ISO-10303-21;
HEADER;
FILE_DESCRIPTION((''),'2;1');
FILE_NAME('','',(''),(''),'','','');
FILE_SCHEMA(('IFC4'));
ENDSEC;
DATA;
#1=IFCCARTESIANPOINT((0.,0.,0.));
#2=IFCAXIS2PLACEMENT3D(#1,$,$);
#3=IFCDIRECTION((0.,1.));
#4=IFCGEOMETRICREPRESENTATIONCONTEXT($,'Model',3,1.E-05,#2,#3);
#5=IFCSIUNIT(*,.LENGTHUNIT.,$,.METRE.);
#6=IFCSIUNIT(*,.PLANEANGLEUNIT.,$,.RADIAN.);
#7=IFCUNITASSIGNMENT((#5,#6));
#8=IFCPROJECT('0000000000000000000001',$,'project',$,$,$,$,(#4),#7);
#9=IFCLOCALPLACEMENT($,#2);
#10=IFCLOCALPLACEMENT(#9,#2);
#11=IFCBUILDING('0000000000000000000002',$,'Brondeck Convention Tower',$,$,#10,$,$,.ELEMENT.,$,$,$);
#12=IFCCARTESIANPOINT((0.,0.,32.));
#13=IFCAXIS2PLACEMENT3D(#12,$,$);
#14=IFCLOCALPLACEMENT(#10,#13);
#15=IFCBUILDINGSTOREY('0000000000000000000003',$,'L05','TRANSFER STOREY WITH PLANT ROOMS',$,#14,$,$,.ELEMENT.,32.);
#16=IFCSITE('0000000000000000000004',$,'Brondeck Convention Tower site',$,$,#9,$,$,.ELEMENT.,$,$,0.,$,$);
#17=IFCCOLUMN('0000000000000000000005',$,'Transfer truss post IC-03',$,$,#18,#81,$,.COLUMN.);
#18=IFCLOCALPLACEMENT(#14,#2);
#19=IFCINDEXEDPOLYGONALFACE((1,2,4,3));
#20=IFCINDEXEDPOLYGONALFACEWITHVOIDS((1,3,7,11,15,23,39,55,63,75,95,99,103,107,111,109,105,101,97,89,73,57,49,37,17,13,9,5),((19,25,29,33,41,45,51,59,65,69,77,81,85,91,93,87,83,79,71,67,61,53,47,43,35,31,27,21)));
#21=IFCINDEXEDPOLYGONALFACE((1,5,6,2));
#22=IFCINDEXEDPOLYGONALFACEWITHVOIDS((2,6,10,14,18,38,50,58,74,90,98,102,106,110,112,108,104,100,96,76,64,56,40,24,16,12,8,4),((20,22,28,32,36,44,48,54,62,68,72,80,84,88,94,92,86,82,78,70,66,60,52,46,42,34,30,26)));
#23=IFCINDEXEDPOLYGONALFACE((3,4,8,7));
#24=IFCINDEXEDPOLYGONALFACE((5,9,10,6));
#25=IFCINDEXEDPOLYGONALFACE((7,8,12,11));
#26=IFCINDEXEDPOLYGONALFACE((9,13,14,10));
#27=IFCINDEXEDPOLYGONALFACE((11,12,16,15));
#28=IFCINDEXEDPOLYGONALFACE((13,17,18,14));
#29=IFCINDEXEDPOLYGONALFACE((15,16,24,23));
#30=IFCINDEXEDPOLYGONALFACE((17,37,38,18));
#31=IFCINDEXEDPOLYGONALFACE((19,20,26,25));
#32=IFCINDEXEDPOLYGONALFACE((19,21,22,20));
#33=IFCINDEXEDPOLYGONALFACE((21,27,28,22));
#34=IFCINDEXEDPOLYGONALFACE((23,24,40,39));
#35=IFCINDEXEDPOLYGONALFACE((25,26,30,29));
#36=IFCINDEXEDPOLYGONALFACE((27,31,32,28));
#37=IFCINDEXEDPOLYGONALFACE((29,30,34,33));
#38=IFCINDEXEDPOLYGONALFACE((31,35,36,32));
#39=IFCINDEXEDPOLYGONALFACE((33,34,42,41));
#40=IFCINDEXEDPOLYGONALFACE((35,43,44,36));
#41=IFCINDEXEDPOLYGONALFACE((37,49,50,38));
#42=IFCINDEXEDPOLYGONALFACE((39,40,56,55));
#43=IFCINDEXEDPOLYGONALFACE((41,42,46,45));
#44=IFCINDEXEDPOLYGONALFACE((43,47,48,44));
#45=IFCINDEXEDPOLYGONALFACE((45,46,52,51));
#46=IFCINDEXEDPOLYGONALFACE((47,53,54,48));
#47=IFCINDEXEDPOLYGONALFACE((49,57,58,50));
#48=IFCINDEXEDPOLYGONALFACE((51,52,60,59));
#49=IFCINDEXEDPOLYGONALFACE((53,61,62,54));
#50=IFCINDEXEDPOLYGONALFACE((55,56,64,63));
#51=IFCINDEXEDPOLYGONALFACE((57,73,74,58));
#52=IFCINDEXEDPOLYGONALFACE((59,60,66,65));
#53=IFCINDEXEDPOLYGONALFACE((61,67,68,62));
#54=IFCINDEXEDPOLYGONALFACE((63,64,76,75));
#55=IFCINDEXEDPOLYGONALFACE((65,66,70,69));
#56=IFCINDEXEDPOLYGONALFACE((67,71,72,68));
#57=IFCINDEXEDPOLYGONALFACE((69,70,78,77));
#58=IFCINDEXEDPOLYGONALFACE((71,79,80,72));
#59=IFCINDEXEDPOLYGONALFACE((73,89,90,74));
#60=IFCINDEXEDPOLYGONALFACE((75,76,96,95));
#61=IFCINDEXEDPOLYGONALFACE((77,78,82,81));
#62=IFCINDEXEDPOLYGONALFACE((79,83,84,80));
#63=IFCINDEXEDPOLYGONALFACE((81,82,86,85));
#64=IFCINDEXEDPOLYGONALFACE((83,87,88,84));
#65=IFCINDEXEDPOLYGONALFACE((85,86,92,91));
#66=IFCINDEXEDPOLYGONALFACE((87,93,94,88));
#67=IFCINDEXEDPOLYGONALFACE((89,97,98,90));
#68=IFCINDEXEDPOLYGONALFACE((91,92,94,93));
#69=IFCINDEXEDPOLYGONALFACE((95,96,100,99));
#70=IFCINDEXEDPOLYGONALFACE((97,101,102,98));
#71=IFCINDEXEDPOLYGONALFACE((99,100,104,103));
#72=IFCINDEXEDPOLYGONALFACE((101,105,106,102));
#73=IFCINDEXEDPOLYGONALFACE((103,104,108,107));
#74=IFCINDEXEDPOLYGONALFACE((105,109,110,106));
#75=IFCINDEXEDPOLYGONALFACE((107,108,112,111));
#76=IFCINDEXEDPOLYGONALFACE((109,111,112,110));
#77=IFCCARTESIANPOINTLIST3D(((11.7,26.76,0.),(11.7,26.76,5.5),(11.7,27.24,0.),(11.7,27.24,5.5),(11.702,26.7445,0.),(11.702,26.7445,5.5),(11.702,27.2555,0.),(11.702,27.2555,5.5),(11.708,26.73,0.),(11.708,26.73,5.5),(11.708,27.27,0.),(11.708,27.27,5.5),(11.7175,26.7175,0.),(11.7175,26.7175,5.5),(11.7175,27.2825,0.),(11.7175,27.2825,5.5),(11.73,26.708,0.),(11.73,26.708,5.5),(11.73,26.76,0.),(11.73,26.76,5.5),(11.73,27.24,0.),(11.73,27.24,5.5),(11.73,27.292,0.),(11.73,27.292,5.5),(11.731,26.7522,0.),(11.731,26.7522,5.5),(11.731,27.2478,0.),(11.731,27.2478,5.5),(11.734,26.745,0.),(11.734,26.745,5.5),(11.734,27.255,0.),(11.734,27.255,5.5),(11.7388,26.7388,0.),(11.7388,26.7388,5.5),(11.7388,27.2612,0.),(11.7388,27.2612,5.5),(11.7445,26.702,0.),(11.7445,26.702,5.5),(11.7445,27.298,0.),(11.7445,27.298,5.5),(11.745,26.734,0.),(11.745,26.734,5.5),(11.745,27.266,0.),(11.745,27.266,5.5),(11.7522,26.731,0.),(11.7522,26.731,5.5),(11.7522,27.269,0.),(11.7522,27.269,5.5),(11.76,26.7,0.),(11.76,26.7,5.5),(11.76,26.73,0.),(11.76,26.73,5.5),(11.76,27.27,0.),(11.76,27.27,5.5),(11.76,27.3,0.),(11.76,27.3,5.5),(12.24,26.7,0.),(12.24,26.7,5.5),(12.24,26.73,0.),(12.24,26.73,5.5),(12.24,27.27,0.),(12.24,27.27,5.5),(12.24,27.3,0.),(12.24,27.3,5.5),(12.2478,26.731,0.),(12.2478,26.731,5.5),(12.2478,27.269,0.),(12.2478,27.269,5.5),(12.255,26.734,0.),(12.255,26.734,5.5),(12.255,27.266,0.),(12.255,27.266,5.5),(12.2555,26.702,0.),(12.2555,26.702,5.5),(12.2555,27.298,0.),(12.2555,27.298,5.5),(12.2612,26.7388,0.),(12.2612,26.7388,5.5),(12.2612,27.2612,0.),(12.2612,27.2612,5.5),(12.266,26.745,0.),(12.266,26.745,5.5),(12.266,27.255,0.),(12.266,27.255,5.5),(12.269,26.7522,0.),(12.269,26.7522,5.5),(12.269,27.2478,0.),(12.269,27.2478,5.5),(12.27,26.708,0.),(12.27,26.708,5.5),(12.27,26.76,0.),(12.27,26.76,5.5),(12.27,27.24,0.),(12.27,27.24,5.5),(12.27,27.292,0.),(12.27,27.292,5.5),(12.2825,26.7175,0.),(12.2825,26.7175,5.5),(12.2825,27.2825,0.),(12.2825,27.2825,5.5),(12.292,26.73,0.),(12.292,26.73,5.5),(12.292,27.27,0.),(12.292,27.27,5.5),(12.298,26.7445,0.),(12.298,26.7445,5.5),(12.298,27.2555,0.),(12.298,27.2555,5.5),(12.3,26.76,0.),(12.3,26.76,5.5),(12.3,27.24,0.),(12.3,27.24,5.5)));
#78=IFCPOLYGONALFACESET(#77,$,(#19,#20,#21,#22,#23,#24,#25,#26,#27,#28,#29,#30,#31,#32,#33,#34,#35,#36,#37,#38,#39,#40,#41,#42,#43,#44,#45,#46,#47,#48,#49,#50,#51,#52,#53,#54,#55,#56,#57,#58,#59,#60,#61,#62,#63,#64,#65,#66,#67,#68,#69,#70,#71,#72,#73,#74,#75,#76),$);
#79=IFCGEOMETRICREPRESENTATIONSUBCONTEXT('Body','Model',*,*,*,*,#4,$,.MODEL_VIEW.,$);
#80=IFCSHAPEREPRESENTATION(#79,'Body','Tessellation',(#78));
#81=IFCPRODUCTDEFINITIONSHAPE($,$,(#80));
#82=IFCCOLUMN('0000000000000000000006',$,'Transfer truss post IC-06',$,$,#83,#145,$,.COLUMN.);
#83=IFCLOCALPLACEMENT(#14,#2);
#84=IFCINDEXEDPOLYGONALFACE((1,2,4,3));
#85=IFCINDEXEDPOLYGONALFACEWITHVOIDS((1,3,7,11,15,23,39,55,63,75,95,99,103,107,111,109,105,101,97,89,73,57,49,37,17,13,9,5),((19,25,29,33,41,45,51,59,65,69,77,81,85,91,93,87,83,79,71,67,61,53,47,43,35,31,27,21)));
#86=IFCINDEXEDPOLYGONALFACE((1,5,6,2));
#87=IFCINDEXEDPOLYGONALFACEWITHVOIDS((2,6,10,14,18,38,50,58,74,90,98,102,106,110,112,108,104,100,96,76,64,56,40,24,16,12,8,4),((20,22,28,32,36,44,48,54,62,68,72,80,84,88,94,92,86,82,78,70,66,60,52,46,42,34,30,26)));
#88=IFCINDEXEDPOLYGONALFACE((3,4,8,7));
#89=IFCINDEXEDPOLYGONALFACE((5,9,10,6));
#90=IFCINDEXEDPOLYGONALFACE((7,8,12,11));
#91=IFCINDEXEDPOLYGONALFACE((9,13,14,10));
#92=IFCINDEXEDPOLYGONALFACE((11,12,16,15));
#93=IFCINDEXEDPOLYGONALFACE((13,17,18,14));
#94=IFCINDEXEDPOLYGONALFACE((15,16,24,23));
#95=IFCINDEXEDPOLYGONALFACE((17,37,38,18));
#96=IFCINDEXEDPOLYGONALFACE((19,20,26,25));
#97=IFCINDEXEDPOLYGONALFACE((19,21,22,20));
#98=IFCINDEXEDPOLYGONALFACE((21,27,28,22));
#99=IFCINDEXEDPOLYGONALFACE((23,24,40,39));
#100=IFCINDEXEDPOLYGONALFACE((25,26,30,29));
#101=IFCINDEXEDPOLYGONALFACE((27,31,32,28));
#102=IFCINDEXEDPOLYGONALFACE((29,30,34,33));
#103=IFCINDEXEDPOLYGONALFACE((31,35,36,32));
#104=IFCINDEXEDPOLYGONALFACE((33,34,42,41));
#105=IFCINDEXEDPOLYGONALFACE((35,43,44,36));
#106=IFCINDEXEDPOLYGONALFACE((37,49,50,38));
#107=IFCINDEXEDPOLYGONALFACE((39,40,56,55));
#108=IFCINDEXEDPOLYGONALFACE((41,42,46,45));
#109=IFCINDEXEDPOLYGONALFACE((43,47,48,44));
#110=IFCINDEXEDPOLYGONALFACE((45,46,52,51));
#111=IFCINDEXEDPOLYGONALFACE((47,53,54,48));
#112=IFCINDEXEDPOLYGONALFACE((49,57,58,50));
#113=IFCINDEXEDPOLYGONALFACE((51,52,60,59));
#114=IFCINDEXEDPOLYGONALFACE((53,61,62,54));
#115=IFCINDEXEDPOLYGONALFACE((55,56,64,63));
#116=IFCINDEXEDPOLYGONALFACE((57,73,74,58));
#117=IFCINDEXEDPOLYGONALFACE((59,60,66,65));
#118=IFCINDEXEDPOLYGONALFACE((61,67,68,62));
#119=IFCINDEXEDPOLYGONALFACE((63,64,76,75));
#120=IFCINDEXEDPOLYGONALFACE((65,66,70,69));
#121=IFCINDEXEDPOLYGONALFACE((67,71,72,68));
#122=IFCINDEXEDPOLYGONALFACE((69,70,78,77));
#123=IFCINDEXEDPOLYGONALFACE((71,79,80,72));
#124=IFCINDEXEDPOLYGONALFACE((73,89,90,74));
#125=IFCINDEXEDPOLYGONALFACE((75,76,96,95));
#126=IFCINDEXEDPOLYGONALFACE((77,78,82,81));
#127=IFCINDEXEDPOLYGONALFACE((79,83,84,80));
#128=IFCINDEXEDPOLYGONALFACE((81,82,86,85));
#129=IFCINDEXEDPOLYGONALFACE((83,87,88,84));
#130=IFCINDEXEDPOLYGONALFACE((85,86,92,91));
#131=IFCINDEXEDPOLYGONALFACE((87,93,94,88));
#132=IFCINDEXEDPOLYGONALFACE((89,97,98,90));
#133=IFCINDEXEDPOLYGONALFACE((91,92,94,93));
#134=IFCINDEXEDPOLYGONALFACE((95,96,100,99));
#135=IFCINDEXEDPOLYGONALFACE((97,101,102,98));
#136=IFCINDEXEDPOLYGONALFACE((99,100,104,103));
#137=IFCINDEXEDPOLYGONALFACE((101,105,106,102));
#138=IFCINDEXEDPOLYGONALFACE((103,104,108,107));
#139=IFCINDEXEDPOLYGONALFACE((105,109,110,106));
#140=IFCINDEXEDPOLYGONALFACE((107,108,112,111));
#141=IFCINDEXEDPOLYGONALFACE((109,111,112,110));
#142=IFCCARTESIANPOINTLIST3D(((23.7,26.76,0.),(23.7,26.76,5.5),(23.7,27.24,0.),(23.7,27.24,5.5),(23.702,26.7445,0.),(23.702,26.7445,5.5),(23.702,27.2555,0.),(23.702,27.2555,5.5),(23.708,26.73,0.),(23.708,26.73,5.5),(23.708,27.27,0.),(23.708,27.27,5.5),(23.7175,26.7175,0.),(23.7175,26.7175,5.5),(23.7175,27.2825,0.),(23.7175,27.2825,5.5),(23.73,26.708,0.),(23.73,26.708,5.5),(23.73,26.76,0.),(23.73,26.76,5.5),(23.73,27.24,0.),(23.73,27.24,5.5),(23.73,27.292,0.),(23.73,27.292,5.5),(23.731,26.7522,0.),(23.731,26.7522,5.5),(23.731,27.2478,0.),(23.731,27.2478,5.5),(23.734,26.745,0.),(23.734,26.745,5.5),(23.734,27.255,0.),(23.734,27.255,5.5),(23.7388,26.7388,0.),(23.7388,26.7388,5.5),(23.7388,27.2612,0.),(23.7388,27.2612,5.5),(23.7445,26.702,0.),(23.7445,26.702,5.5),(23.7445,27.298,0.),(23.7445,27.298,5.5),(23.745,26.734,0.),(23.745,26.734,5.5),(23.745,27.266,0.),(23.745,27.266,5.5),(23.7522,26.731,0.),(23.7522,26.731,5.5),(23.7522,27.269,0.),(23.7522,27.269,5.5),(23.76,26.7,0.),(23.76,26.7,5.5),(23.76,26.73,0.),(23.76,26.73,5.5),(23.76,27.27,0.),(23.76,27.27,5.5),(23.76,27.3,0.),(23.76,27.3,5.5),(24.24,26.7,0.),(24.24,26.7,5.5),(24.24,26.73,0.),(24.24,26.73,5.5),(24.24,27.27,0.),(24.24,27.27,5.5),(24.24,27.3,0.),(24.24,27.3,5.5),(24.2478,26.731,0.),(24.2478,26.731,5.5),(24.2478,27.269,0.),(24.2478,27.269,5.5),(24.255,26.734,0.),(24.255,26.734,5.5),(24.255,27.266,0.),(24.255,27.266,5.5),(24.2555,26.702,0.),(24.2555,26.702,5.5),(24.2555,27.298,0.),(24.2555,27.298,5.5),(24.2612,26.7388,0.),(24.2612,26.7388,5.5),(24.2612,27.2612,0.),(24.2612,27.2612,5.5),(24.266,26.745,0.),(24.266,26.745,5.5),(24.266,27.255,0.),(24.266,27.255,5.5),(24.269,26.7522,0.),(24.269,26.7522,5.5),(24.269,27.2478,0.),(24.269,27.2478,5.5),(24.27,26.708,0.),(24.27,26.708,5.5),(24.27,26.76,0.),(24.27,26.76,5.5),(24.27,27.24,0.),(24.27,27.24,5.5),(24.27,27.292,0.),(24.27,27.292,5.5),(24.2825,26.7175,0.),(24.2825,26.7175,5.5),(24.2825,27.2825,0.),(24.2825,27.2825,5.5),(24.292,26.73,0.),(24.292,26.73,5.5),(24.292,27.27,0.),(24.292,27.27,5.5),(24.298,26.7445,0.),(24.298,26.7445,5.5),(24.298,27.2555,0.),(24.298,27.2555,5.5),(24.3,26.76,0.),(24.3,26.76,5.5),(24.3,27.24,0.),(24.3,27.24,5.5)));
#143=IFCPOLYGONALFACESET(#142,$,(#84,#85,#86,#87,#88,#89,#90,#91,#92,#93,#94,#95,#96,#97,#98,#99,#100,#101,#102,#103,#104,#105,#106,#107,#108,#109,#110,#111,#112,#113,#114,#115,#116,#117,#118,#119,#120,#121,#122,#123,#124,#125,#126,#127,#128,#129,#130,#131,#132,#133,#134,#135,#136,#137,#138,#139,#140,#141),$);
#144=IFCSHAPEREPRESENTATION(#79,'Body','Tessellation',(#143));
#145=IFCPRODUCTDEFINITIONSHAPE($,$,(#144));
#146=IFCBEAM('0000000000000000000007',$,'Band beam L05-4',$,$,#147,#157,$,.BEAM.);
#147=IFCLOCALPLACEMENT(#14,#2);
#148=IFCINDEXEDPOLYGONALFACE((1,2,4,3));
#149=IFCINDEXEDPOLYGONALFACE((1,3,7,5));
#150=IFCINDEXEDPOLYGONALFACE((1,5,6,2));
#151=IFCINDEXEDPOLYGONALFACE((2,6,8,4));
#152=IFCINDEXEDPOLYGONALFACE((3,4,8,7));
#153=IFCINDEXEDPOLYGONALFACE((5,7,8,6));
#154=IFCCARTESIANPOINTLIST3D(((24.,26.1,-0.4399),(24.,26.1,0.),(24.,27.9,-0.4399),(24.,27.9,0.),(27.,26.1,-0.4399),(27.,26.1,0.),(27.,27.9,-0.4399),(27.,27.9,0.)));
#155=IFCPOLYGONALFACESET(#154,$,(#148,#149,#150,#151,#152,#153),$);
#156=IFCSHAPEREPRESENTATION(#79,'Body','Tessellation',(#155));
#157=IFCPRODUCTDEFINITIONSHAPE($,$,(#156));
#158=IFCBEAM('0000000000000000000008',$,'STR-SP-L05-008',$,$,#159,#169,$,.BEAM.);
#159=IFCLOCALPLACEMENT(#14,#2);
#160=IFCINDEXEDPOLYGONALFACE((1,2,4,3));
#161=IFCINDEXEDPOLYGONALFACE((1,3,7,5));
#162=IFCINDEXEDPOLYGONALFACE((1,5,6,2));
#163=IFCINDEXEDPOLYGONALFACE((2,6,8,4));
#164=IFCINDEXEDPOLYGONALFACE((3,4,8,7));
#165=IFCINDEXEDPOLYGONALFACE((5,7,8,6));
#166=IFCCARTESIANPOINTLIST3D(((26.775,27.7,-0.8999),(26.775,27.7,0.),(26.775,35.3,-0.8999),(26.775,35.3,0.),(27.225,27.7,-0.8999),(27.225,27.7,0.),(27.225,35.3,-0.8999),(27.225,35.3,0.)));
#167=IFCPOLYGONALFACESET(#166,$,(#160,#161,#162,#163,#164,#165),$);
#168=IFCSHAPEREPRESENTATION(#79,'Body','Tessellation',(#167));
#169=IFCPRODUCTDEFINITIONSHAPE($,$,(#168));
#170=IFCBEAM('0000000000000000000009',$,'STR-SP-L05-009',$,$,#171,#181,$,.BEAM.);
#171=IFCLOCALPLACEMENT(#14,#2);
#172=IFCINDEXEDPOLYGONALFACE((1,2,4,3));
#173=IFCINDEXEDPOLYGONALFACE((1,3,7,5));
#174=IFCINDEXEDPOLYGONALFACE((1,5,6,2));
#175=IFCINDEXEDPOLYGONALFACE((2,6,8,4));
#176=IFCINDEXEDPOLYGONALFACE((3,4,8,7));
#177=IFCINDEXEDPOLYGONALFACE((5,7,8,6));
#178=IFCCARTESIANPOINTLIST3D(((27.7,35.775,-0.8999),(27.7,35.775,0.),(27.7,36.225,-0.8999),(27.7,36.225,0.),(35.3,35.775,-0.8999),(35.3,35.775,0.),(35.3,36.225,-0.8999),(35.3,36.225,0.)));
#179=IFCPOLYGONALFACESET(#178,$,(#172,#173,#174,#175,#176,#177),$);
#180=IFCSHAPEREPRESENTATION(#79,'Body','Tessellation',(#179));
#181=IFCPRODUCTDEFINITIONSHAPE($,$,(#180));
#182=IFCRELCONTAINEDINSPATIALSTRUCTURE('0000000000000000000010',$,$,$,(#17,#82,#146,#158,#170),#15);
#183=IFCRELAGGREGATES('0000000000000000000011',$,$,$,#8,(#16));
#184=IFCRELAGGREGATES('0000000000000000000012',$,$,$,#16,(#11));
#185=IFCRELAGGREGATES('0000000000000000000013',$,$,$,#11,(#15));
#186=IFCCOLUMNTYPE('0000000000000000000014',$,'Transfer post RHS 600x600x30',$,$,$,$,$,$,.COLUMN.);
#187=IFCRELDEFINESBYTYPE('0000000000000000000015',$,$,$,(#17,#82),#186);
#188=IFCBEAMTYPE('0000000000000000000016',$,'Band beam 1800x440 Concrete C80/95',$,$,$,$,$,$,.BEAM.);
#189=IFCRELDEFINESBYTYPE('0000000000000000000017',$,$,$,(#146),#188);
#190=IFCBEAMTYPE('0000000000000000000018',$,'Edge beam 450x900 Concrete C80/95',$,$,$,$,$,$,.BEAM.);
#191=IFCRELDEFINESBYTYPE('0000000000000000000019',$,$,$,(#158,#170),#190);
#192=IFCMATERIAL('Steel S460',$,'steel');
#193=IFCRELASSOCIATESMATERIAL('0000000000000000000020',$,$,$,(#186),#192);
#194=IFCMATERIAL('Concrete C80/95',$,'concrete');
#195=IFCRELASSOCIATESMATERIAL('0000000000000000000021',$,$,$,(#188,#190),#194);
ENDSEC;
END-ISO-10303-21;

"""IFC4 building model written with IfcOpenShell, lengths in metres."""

from ifc_helpers import new_model, si_unit, direction, frame, origin, origin_2d, place, context, subcontext, project, spatial, rectangle, hollow_rectangle, extrude, material, material_profile, profile_set, type_object, element, save


model = new_model("IFC4")

# Units and contexts
model_context = context("Model", 3, precision=1e-05, world=origin(), true_north=direction((0.0, 1.0)))
body_context = subcontext(model_context, "Body", "Model", "MODEL_VIEW")
ifc_project = project(units=[si_unit("LENGTHUNIT", "METRE"), si_unit("PLANEANGLEUNIT", "RADIAN")], contexts=[model_context])

# Site, building, storey
site_placement = place(None, origin())
site = spatial("IfcSite", under=ifc_project, at=site_placement, Name="Brondeck Convention Tower site", CompositionType="ELEMENT", RefElevation=0.0)
building_placement = place(site_placement, origin())
building = spatial("IfcBuilding", under=site, at=building_placement, Name="Brondeck Convention Tower", CompositionType="ELEMENT")
storey_placement = place(building_placement, frame((0.0, 0.0, 32.0)))
storey = spatial("IfcBuildingStorey", under=building, at=storey_placement, Name="L05", Description="TRANSFER STOREY WITH PLANT ROOMS", CompositionType="ELEMENT", Elevation=32.0)

# Columns
ifc_material_1 = material(Name="Steel S460", Category="steel")
ifc_material_profile_1 = material_profile(ifc_material_1, hollow_rectangle(XDim=0.6001, YDim=0.6001, WallThickness=0.03, InnerFilletRadius=0.03, OuterFilletRadius=0.0601, at=origin_2d()), Name="RHS 600x600x30")
ifc_profile_set_1 = profile_set([ifc_material_profile_1], Name="Steel S460")
column_type = type_object("IfcColumnType", Name="Transfer post RHS 600x600x30", PredefinedType="COLUMN", material=ifc_profile_set_1)
for number, where, z_axis, x_axis, name in (
    (1, (12.0, 27.0, 0.0), (0.0, 0.0, 1.0), (1.0, 0.0, 0.0), "Transfer truss post IC-03"),
    (2, (24.0, 27.0, 0.0), (0.0, 0.0, 1.0), (1.0, 0.0, 0.0), "Transfer truss post IC-06"),
):
    element("IfcColumn", number, at=place(storey_placement, frame(where, z_axis=z_axis, x_axis=x_axis)), inside=storey, type_object=column_type, Name=name, PredefinedType="COLUMN", context=body_context, shape_type="SweptSolid", body=[
        extrude(hollow_rectangle(XDim=0.6001, YDim=0.6001, WallThickness=0.03, InnerFilletRadius=0.03, OuterFilletRadius=0.0601, at=origin_2d()), origin(), (0.0, 0.0, 1.0), 5.5),
    ])

# Beams
ifc_material_2 = material(Name="Concrete C80/95", Category="concrete")
ifc_material_profile_2 = material_profile(ifc_material_2, rectangle(XDim=1.8, YDim=0.4399, at=origin_2d()), Name="Band beam 1800x440 Concrete C80/95")
ifc_profile_set_2 = profile_set([ifc_material_profile_2], Name="Concrete C80/95")
beam_type_1 = type_object("IfcBeamType", Name="Band beam 1800x440 Concrete C80/95", PredefinedType="BEAM", material=ifc_profile_set_2)
beam_1_placement = place(storey_placement, frame((24.0, 27.0, -0.22), z_axis=(1.0, 0.0, 0.0), x_axis=(0.0, 1.0, 0.0)))
element("IfcBeam", 3, at=beam_1_placement, inside=storey, type_object=beam_type_1, Name="Band beam L05-4", PredefinedType="BEAM", context=body_context, shape_type="SweptSolid", body=[
    extrude(rectangle(XDim=1.8, YDim=0.4399, at=origin_2d()), origin(), (0.0, 0.0, 1.0), 3.0),
])
ifc_material_profile_3 = material_profile(ifc_material_2, rectangle(XDim=0.45, YDim=0.8999, at=origin_2d()), Name="Edge beam 450x900 Concrete C80/95")
ifc_profile_set_3 = profile_set([ifc_material_profile_3], Name="Concrete C80/95")
beam_type_2 = type_object("IfcBeamType", Name="Edge beam 450x900 Concrete C80/95", PredefinedType="BEAM", material=ifc_profile_set_3)
for number, where, z_axis, x_axis, name in (
    (4, (27.0, 27.7, -0.45), (0.0, 1.0, 0.0), (-1.0, 0.0, 0.0), "STR-SP-L05-008"),
    (5, (27.7, 36.0, -0.45), (1.0, 0.0, 0.0), (0.0, 1.0, 0.0), "STR-SP-L05-009"),
):
    element("IfcBeam", number, at=place(storey_placement, frame(where, z_axis=z_axis, x_axis=x_axis)), inside=storey, type_object=beam_type_2, Name=name, PredefinedType="BEAM", context=body_context, shape_type="SweptSolid", body=[
        extrude(rectangle(XDim=0.45, YDim=0.8999, at=origin_2d()), origin(), (0.0, 0.0, 1.0), 7.6001),
    ])

save(model, "model.ifc")
